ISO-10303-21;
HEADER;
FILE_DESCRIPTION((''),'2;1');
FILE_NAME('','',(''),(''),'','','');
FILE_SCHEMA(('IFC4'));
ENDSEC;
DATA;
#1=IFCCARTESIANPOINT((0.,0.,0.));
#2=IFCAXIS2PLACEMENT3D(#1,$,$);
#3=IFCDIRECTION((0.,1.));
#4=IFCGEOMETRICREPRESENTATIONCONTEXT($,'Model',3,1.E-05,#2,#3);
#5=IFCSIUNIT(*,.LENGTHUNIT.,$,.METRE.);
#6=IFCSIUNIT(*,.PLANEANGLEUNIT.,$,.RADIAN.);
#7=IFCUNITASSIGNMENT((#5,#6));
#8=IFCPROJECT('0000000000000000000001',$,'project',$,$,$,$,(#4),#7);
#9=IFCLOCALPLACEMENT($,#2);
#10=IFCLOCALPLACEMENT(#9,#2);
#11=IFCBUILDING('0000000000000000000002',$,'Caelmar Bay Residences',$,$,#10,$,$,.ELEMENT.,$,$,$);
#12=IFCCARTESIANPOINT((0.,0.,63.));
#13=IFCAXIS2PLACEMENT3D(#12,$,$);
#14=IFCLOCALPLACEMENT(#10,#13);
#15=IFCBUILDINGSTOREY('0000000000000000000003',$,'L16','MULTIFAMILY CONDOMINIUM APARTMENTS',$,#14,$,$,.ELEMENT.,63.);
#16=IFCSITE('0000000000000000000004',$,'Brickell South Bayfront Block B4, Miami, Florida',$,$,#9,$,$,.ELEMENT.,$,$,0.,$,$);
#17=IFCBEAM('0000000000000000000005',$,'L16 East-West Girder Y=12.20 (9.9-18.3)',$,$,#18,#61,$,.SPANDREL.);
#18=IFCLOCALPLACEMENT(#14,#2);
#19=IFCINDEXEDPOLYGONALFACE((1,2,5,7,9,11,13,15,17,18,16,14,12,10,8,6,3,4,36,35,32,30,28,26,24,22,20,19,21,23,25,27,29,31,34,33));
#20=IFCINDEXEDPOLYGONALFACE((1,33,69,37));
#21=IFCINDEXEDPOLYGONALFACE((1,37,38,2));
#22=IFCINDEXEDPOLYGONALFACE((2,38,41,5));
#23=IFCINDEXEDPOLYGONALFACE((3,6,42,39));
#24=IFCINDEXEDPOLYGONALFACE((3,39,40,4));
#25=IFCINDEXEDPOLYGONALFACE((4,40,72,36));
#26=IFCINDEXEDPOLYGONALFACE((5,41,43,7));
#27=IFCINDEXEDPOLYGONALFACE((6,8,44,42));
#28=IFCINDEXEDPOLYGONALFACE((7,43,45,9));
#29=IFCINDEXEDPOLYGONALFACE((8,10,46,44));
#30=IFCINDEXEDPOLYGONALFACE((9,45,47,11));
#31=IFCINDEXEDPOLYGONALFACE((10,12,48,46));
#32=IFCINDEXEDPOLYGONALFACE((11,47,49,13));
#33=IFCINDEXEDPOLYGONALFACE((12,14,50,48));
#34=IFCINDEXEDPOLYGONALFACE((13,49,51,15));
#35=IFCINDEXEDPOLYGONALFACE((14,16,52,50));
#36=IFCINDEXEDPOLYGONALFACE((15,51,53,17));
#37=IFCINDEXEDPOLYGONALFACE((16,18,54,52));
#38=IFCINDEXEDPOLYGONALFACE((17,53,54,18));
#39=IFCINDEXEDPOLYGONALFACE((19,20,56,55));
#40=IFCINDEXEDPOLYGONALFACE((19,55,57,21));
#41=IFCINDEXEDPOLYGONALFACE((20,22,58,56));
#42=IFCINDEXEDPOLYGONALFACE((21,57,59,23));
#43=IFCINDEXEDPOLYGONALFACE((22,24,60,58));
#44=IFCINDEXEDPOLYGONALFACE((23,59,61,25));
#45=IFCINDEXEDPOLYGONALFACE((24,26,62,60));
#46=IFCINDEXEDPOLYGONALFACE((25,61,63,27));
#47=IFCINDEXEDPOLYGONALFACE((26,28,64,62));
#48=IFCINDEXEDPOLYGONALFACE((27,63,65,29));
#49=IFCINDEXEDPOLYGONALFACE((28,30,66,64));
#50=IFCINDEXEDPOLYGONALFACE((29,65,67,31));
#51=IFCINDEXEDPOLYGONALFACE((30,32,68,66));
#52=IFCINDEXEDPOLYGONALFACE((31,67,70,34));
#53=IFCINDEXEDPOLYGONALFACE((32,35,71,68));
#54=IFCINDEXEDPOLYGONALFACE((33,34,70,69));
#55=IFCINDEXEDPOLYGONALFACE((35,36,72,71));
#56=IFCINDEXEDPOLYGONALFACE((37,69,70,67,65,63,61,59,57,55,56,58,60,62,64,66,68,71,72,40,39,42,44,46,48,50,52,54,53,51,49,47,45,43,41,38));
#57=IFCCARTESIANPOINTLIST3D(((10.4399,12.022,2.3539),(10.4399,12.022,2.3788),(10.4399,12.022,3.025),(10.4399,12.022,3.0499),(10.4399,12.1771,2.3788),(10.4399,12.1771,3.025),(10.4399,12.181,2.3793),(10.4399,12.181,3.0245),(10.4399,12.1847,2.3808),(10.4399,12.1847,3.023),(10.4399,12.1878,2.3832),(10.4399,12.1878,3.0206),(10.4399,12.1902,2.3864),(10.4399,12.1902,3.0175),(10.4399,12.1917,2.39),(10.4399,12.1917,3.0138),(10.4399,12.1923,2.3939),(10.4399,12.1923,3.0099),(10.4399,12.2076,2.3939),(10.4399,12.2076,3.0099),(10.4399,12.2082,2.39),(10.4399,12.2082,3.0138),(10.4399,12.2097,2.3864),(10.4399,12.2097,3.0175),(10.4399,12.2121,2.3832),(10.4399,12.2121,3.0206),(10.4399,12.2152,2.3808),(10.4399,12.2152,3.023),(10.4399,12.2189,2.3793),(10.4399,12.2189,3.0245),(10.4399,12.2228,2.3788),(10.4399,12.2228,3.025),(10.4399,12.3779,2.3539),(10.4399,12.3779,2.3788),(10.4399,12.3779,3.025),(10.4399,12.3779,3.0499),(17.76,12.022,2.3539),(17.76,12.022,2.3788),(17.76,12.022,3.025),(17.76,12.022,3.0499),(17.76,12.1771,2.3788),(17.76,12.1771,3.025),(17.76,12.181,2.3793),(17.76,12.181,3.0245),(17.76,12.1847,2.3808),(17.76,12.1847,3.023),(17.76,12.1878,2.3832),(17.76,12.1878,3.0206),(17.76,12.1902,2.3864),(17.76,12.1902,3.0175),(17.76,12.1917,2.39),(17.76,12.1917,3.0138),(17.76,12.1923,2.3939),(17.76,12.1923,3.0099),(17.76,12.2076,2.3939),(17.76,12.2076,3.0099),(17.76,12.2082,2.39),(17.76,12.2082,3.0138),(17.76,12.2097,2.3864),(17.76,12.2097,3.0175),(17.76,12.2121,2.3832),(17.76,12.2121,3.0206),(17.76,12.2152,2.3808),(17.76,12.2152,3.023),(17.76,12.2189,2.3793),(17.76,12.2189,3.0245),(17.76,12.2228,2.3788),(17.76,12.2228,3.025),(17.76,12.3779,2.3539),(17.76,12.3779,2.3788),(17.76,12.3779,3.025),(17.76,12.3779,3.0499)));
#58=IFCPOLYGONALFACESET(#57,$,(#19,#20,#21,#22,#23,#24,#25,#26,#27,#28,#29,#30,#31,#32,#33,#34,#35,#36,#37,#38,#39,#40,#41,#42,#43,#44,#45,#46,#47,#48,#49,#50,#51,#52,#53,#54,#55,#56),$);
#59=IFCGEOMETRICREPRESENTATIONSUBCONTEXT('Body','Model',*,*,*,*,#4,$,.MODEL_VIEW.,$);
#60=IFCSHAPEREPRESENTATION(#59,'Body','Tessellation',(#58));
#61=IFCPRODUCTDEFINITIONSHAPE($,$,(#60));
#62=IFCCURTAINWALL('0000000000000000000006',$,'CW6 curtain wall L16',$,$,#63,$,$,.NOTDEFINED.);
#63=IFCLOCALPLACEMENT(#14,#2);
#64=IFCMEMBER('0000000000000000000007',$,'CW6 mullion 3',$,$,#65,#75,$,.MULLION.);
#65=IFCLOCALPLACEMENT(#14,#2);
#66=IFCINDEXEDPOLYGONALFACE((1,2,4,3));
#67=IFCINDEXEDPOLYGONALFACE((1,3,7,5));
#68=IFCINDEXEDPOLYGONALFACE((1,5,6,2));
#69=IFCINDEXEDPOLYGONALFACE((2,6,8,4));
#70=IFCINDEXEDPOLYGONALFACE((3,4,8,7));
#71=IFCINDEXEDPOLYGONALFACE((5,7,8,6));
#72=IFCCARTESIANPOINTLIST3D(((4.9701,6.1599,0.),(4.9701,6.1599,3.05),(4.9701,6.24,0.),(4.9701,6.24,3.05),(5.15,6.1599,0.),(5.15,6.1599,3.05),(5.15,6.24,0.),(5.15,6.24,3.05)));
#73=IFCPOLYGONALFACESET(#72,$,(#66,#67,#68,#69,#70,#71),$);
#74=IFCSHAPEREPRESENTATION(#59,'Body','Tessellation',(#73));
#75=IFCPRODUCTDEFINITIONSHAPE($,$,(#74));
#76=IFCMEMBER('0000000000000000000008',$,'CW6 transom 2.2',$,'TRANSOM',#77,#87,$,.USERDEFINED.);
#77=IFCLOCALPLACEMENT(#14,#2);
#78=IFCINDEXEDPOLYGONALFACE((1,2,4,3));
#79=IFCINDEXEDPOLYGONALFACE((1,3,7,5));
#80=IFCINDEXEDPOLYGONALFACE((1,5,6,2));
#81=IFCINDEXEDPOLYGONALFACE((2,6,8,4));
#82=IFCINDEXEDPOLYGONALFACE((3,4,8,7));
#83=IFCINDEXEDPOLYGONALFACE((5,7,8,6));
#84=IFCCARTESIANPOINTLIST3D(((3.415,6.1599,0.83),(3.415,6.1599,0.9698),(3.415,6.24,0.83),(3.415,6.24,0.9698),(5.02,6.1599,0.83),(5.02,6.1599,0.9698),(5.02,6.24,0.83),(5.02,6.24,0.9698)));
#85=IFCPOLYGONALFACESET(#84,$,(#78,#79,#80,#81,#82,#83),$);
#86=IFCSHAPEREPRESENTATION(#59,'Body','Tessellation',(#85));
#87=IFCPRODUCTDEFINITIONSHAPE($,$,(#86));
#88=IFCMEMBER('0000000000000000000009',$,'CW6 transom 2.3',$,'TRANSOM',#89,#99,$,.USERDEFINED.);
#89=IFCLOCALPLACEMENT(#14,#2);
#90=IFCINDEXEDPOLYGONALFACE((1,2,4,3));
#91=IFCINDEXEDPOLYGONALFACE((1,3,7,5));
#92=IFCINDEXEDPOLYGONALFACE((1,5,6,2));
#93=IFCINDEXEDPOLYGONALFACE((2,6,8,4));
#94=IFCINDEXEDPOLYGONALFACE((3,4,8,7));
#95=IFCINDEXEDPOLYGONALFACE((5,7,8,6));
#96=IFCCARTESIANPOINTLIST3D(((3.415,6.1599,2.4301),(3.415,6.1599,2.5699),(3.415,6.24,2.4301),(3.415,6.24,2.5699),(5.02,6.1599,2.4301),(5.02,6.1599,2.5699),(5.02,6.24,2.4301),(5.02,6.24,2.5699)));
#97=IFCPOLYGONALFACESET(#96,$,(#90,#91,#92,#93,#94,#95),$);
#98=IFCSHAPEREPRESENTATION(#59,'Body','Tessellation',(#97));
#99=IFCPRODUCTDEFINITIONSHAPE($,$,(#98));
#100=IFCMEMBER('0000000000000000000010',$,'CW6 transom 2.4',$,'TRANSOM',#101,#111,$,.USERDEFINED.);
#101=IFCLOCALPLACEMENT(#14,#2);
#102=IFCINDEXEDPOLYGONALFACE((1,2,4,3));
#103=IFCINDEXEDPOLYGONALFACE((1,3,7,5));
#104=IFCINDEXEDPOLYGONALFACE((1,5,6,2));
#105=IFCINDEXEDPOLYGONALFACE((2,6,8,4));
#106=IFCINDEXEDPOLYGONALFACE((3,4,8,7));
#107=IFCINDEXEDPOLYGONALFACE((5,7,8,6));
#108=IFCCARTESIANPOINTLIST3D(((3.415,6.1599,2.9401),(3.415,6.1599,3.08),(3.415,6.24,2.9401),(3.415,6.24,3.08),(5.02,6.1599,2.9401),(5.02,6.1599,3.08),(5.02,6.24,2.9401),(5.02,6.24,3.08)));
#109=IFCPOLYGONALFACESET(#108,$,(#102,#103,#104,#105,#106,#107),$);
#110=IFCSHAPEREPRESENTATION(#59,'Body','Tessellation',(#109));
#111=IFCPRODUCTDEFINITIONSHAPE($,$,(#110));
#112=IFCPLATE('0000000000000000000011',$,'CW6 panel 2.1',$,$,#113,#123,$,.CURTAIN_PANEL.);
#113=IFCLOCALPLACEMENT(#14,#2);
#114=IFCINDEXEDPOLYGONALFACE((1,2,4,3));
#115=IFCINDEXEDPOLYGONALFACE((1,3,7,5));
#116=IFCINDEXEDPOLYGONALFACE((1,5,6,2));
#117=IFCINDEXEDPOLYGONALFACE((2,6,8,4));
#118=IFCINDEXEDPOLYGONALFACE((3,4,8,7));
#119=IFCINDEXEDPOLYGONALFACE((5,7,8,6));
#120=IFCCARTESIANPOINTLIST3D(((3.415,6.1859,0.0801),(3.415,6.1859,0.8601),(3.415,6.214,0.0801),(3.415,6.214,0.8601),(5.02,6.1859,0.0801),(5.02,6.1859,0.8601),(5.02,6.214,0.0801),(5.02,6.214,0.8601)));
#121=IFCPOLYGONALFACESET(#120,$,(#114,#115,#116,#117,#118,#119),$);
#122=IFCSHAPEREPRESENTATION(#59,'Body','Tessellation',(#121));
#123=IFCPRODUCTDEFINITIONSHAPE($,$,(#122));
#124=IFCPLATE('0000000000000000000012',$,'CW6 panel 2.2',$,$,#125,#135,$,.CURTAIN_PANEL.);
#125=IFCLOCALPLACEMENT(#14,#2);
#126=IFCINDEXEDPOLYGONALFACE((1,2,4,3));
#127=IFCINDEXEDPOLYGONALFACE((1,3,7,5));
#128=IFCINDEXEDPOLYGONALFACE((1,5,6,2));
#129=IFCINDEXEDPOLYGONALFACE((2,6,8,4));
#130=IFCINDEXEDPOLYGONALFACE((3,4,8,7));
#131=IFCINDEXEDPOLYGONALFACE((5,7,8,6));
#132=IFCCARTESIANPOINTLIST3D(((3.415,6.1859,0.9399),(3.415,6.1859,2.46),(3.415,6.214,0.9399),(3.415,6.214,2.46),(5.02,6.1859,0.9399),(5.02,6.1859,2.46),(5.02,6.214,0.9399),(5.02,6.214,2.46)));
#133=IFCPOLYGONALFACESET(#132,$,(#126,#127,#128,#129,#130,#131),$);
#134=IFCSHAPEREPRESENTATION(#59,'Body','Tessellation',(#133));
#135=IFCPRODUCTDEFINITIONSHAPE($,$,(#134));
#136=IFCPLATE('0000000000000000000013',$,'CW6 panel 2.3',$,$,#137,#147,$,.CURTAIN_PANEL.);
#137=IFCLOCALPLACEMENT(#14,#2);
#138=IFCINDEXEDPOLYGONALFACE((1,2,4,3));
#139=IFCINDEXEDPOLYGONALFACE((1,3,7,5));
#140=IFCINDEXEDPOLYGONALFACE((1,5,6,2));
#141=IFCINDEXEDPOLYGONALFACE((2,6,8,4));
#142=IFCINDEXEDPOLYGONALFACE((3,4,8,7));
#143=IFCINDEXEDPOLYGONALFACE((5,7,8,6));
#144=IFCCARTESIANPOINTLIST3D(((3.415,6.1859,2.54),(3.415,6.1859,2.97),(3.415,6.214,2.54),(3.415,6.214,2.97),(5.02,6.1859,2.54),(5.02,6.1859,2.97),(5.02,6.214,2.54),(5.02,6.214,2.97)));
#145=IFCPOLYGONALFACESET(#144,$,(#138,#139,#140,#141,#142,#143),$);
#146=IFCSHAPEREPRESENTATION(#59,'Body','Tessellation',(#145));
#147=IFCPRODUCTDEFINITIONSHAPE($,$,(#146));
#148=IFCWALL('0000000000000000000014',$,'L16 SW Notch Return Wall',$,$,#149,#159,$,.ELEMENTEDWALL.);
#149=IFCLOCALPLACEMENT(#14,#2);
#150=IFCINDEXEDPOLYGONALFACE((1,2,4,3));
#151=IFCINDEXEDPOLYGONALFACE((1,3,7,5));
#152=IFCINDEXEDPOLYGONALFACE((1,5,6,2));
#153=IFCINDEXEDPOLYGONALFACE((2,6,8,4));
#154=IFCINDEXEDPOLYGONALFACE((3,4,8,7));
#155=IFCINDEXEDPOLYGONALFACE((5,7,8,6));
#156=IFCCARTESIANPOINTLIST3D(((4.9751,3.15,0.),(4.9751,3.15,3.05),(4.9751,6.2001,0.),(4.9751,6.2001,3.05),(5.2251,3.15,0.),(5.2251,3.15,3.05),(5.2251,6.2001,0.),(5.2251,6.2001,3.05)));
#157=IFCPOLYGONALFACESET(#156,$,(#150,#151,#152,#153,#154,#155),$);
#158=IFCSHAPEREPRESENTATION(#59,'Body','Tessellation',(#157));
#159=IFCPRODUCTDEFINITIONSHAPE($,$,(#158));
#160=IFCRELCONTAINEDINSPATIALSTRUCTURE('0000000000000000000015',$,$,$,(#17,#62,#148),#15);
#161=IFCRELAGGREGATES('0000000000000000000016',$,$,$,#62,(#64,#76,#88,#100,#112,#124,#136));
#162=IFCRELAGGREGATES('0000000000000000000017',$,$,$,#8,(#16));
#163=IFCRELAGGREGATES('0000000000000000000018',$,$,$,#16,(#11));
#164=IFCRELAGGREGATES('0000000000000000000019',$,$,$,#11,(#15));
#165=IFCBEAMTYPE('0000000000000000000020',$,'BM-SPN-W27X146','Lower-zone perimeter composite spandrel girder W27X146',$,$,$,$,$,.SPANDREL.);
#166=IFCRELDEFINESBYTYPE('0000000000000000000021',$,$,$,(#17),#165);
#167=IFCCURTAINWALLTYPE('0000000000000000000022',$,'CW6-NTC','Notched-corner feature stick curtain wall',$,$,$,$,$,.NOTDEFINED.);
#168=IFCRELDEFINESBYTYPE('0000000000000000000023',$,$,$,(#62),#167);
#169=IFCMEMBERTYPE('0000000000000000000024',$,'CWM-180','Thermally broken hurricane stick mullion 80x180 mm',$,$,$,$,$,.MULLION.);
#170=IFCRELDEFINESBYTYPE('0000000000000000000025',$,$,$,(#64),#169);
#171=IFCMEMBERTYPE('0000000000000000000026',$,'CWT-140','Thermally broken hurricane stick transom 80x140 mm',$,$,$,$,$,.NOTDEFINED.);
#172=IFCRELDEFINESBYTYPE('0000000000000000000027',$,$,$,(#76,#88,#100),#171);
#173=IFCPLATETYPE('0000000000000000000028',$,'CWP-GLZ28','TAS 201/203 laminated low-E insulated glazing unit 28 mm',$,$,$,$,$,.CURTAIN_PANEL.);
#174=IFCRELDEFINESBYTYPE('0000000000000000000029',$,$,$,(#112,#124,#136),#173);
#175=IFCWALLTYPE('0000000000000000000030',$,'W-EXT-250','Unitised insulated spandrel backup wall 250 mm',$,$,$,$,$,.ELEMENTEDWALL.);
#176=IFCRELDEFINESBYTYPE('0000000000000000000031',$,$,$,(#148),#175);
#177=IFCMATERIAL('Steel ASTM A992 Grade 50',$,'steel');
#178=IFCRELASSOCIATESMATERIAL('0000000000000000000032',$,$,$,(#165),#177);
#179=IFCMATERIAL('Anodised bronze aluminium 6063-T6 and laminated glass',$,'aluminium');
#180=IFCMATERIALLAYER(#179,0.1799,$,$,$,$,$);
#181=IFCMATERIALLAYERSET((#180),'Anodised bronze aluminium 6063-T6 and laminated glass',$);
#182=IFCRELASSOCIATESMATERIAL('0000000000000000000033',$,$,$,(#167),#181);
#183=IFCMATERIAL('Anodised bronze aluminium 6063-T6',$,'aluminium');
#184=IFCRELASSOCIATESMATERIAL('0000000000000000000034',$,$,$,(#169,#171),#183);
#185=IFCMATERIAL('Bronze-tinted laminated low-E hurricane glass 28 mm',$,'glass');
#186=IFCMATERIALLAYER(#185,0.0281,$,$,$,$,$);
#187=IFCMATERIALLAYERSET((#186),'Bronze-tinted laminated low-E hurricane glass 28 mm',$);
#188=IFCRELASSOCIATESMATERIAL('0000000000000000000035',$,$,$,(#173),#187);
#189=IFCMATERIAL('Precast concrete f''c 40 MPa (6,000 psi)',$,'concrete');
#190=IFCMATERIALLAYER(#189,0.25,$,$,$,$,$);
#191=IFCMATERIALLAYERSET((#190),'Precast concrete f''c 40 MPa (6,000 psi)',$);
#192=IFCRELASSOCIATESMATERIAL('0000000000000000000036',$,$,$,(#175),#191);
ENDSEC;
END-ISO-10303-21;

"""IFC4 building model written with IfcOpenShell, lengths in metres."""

from ifc_helpers import new_model, si_unit, direction, frame, frame_2d, origin, origin_2d, place, context, subcontext, project, spatial, rectangle, i_section, extrude, material, layer, layer_set, material_profile, profile_set, type_object, element, aggregate, save


model = new_model("IFC4")

# Units and contexts
model_context = context("Model", 3, precision=1e-05, world=origin(), true_north=direction((0.0, 1.0)))
body_context = subcontext(model_context, "Body", "Model", "MODEL_VIEW")
ifc_project = project(units=[si_unit("LENGTHUNIT", "METRE"), si_unit("PLANEANGLEUNIT", "RADIAN")], contexts=[model_context])

# Site, building, storey
site_placement = place(None, origin())
site = spatial("IfcSite", under=ifc_project, at=site_placement, Name="Brickell South Bayfront Block B4, Miami, Florida", CompositionType="ELEMENT", RefElevation=0.0)
building_placement = place(site_placement, origin())
building = spatial("IfcBuilding", under=site, at=building_placement, Name="Caelmar Bay Residences", CompositionType="ELEMENT")
storey_placement = place(building_placement, frame((0.0, 0.0, 63.0)))
storey = spatial("IfcBuildingStorey", under=building, at=storey_placement, Name="L16", Description="MULTIFAMILY CONDOMINIUM APARTMENTS", CompositionType="ELEMENT", Elevation=63.0)

# Beam
ifc_material_1 = material(Name="Steel ASTM A992 Grade 50", Category="steel")
ifc_material_profile_1 = material_profile(ifc_material_1, i_section(OverallWidth=0.356, OverallDepth=0.696, WebThickness=0.0154, FlangeThickness=0.0249, FilletRadius=0.0151, at=origin_2d()), Name="W27X146")
ifc_profile_set_1 = profile_set([ifc_material_profile_1], Name="Steel ASTM A992 Grade 50")
beam_type_1 = type_object("IfcBeamType", Name="BM-SPN-W27X146", Description="Lower-zone perimeter composite spandrel girder W27X146", PredefinedType="SPANDREL", material=ifc_profile_set_1)
beam_1_placement = place(storey_placement, frame((10.4399, 12.2, 2.7019), z_axis=(1.0, 0.0, 0.0), x_axis=(0.0, 1.0, 0.0)))
element("IfcBeam", 1, at=beam_1_placement, inside=storey, type_object=beam_type_1, Name="L16 East-West Girder Y=12.20 (9.9-18.3)", PredefinedType="SPANDREL", context=body_context, shape_type="SweptSolid", body=[
    extrude(i_section(OverallWidth=0.356, OverallDepth=0.696, WebThickness=0.0154, FlangeThickness=0.0249, FilletRadius=0.0151, at=origin_2d()), origin(), (0.0, 0.0, 1.0), 7.3201),
])

# Curtain wall, members, plates
ifc_material_2 = material(Name="Anodised bronze aluminium 6063-T6 and laminated glass", Category="aluminium")
ifc_layer_1 = layer(ifc_material_2, 0.1799)
ifc_layer_set_1 = layer_set([ifc_layer_1], Name="Anodised bronze aluminium 6063-T6 and laminated glass")
curtain_wall_type = type_object("IfcCurtainWallType", Name="CW6-NTC", Description="Notched-corner feature stick curtain wall", PredefinedType="NOTDEFINED", material=ifc_layer_set_1)
curtain_wall_placement = place(storey_placement, origin())
curtain_wall = element("IfcCurtainWall", 2, at=curtain_wall_placement, inside=storey, type_object=curtain_wall_type, Name="CW6 curtain wall L16", PredefinedType="NOTDEFINED")
ifc_material_3 = material(Name="Anodised bronze aluminium 6063-T6", Category="aluminium")
ifc_material_profile_2 = material_profile(ifc_material_3, rectangle(XDim=0.0801, YDim=0.1799, at=origin_2d()), Name="CWM-80X180")
ifc_profile_set_2 = profile_set([ifc_material_profile_2], Name="Anodised bronze aluminium 6063-T6")
member_type_1 = type_object("IfcMemberType", Name="CWM-180", Description="Thermally broken hurricane stick mullion 80x180 mm", PredefinedType="MULLION", material=ifc_profile_set_2)
member_1_placement = place(storey_placement, frame((5.0601, 6.2, 0.0), z_axis=(0.0, 0.0, 1.0), x_axis=(0.0, 1.0, 0.0)))
member_1 = element("IfcMember", 3, at=member_1_placement, type_object=member_type_1, Name="CW6 mullion 3", PredefinedType="MULLION", context=body_context, shape_type="SweptSolid", body=[
    extrude(rectangle(XDim=0.0801, YDim=0.1799, at=origin_2d()), origin(), (0.0, 0.0, 1.0), 3.05),
])
ifc_material_profile_3 = material_profile(ifc_material_3, rectangle(XDim=0.0801, YDim=0.1399, at=origin_2d()), Name="CWT-80X140")
ifc_profile_set_3 = profile_set([ifc_material_profile_3], Name="Anodised bronze aluminium 6063-T6")
member_type_2 = type_object("IfcMemberType", Name="CWT-140", Description="Thermally broken hurricane stick transom 80x140 mm", PredefinedType="NOTDEFINED", material=ifc_profile_set_3)
member_2_placement = place(storey_placement, frame((3.415, 6.2, 0.8999), z_axis=(1.0, 0.0, 0.0), x_axis=(0.0, 1.0, 0.0)))
member_2 = element("IfcMember", 4, at=member_2_placement, type_object=member_type_2, Name="CW6 transom 2.2", ObjectType="TRANSOM", PredefinedType="USERDEFINED", context=body_context, shape_type="SweptSolid", body=[
    extrude(rectangle(XDim=0.0801, YDim=0.1399, at=origin_2d()), origin(), (0.0, 0.0, 1.0), 1.605),
])
member_3_placement = place(storey_placement, frame((3.415, 6.2, 2.5), z_axis=(1.0, 0.0, 0.0), x_axis=(0.0, 1.0, 0.0)))
member_3 = element("IfcMember", 5, at=member_3_placement, type_object=member_type_2, Name="CW6 transom 2.3", ObjectType="TRANSOM", PredefinedType="USERDEFINED", context=body_context, shape_type="SweptSolid", body=[
    extrude(rectangle(XDim=0.0801, YDim=0.1399, at=origin_2d()), origin(), (0.0, 0.0, 1.0), 1.605),
])
member_4_placement = place(storey_placement, frame((3.415, 6.2, 3.01), z_axis=(1.0, 0.0, 0.0), x_axis=(0.0, 1.0, 0.0)))
member_4 = element("IfcMember", 6, at=member_4_placement, type_object=member_type_2, Name="CW6 transom 2.4", ObjectType="TRANSOM", PredefinedType="USERDEFINED", context=body_context, shape_type="SweptSolid", body=[
    extrude(rectangle(XDim=0.0801, YDim=0.1399, at=origin_2d()), origin(), (0.0, 0.0, 1.0), 1.605),
])
ifc_material_4 = material(Name="Bronze-tinted laminated low-E hurricane glass 28 mm", Category="glass")
ifc_layer_2 = layer(ifc_material_4, 0.0281)
ifc_layer_set_2 = layer_set([ifc_layer_2], Name="Bronze-tinted laminated low-E hurricane glass 28 mm")
plate_type = type_object("IfcPlateType", Name="CWP-GLZ28", Description="TAS 201/203 laminated low-E insulated glazing unit 28 mm", PredefinedType="CURTAIN_PANEL", material=ifc_layer_set_2)
plate_1_placement = place(storey_placement, frame((4.2175, 6.2, 0.0801), z_axis=(0.0, 0.0, 1.0), x_axis=(1.0, 0.0, 0.0)))
plate_1 = element("IfcPlate", 7, at=plate_1_placement, type_object=plate_type, Name="CW6 panel 2.1", PredefinedType="CURTAIN_PANEL", context=body_context, shape_type="SweptSolid", body=[
    extrude(rectangle(XDim=1.605, YDim=0.0281, at=origin_2d()), origin(), (0.0, 0.0, 1.0), 0.78),
])
plate_2_placement = place(storey_placement, frame((4.2175, 6.2, 0.9399), z_axis=(0.0, 0.0, 1.0), x_axis=(1.0, 0.0, 0.0)))
plate_2 = element("IfcPlate", 8, at=plate_2_placement, type_object=plate_type, Name="CW6 panel 2.2", PredefinedType="CURTAIN_PANEL", context=body_context, shape_type="SweptSolid", body=[
    extrude(rectangle(XDim=1.605, YDim=0.0281, at=origin_2d()), origin(), (0.0, 0.0, 1.0), 1.52),
])
plate_3_placement = place(storey_placement, frame((4.2175, 6.2, 2.54), z_axis=(0.0, 0.0, 1.0), x_axis=(1.0, 0.0, 0.0)))
plate_3 = element("IfcPlate", 9, at=plate_3_placement, type_object=plate_type, Name="CW6 panel 2.3", PredefinedType="CURTAIN_PANEL", context=body_context, shape_type="SweptSolid", body=[
    extrude(rectangle(XDim=1.605, YDim=0.0281, at=origin_2d()), origin(), (0.0, 0.0, 1.0), 0.4299),
])
aggregate(curtain_wall, [member_1, member_2, member_3, member_4, plate_1, plate_2, plate_3])

# Wall
ifc_material_5 = material(Name="Precast concrete f'c 40 MPa (6,000 psi)", Category="concrete")
ifc_layer_3 = layer(ifc_material_5, 0.25)
ifc_layer_set_3 = layer_set([ifc_layer_3], Name="Precast concrete f'c 40 MPa (6,000 psi)")
wall_type_1 = type_object("IfcWallType", Name="W-EXT-250", Description="Unitised insulated spandrel backup wall 250 mm", PredefinedType="ELEMENTEDWALL", material=ifc_layer_set_3)
wall_1_placement = place(storey_placement, frame((5.1001, 6.2, 0.0), z_axis=(0.0, 0.0, 1.0), x_axis=(0.0, -1.0, 0.0)))
element("IfcWall", 10, at=wall_1_placement, inside=storey, type_object=wall_type_1, Name="L16 SW Notch Return Wall", PredefinedType="ELEMENTEDWALL", context=body_context, shape_type="SweptSolid", body=[
    extrude(rectangle(XDim=3.05, YDim=0.25, at=frame_2d((1.5249, 0.0))), origin(), (0.0, 0.0, 1.0), 3.05),
])

save(model, "model.ifc")
